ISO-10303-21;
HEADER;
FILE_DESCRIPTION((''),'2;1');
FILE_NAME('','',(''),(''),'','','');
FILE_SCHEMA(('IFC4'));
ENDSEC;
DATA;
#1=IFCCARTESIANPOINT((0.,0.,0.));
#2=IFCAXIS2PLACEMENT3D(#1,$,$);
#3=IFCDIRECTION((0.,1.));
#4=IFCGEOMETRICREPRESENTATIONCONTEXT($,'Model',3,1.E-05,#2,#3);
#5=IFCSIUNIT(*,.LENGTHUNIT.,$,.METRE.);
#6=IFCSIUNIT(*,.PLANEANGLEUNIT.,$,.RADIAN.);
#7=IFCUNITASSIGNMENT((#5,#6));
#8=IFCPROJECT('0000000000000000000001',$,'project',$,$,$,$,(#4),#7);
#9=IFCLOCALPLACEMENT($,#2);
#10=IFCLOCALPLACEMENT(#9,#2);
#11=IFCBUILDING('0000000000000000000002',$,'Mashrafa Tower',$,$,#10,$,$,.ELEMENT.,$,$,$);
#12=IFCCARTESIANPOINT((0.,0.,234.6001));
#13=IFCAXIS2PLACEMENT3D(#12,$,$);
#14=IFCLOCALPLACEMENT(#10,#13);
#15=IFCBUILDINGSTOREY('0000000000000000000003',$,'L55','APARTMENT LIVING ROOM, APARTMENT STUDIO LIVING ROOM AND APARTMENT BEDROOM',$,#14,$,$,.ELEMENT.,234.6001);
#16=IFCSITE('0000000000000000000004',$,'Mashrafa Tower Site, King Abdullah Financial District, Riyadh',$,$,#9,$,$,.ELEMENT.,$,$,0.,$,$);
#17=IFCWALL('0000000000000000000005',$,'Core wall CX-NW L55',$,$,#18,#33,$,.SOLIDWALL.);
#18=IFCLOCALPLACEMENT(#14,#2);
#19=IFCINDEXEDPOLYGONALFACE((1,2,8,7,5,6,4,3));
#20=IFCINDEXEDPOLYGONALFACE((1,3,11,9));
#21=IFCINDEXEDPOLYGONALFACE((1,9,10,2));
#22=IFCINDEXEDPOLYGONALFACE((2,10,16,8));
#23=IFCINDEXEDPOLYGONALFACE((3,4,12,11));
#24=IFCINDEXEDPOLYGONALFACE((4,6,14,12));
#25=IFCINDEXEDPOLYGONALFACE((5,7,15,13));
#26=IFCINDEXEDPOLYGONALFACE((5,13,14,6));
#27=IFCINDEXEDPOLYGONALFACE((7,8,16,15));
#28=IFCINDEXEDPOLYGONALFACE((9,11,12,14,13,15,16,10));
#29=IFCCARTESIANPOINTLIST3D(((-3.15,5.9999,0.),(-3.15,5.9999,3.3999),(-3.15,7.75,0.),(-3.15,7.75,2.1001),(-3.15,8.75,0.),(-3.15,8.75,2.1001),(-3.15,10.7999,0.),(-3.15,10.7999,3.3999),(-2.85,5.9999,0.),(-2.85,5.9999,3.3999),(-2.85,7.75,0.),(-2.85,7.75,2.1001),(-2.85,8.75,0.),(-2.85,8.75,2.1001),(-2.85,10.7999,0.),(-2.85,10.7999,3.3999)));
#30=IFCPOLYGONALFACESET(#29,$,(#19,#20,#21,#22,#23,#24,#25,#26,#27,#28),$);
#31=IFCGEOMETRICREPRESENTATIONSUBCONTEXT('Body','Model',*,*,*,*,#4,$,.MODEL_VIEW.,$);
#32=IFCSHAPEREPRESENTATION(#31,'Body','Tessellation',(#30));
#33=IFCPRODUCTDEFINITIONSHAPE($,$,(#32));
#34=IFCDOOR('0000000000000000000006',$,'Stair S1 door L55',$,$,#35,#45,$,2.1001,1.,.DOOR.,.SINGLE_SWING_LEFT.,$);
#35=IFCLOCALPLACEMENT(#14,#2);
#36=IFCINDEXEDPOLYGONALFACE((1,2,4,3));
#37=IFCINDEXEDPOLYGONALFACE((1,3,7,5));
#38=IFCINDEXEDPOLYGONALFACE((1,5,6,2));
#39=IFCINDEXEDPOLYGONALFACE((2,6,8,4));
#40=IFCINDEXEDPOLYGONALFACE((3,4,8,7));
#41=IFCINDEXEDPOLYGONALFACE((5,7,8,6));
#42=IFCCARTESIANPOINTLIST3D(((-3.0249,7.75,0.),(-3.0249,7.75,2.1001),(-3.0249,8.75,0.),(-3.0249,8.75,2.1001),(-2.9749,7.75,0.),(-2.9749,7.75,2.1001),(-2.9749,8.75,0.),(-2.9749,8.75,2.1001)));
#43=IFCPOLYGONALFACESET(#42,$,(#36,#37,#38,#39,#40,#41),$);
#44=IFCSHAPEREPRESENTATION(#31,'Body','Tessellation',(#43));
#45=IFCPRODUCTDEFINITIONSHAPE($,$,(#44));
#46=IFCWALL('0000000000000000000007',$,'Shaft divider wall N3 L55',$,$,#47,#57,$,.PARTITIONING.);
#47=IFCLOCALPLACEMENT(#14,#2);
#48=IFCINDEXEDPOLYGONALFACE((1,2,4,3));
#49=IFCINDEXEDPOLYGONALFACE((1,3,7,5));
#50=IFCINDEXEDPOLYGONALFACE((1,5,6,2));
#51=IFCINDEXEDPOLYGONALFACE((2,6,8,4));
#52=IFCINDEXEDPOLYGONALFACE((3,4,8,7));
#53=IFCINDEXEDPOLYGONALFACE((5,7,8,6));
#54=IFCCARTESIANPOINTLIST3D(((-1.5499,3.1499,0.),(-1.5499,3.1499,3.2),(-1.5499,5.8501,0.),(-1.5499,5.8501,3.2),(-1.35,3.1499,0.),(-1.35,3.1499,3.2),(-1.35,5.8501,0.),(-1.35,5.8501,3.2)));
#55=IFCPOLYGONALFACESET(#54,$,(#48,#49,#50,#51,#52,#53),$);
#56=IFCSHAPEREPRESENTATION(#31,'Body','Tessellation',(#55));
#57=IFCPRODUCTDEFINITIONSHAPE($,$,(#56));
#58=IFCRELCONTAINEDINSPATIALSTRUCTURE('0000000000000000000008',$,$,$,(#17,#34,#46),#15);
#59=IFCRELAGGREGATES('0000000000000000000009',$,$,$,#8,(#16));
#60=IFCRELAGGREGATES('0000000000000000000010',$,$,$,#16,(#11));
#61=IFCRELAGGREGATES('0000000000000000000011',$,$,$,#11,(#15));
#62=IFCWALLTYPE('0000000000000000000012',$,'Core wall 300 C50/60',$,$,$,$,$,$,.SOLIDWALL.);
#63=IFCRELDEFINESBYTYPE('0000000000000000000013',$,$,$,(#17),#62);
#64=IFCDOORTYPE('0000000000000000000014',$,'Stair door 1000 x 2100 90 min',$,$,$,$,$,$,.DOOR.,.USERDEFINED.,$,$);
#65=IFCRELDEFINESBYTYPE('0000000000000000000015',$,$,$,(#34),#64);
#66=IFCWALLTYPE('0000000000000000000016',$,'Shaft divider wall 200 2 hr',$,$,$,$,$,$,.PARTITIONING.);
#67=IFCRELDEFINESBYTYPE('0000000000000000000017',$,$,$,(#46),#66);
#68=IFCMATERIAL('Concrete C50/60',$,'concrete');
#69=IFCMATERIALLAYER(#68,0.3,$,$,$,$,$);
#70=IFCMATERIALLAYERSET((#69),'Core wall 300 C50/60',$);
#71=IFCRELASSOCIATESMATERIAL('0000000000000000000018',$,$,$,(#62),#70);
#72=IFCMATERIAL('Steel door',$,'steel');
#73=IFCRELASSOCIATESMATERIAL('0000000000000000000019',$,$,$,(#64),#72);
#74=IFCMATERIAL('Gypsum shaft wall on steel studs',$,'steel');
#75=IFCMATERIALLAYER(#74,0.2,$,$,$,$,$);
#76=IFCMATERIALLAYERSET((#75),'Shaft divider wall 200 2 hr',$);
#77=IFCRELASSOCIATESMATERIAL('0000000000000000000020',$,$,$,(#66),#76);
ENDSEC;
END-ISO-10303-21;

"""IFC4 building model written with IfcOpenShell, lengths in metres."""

from ifc_helpers import new_model, si_unit, direction, frame, frame_2d, origin, place, context, subcontext, project, spatial, rectangle, extrude, material, layer, layer_set, type_object, element, fill, save


model = new_model("IFC4")

# Units and contexts
model_context = context("Model", 3, precision=1e-05, world=origin(), true_north=direction((0.0, 1.0)))
body_context = subcontext(model_context, "Body", "Model", "MODEL_VIEW")
ifc_project = project(units=[si_unit("LENGTHUNIT", "METRE"), si_unit("PLANEANGLEUNIT", "RADIAN")], contexts=[model_context])

# Site, building, storey
site_placement = place(None, origin())
site = spatial("IfcSite", under=ifc_project, at=site_placement, Name="Mashrafa Tower Site, King Abdullah Financial District, Riyadh", CompositionType="ELEMENT", RefElevation=0.0)
building_placement = place(site_placement, origin())
building = spatial("IfcBuilding", under=site, at=building_placement, Name="Mashrafa Tower", CompositionType="ELEMENT")
storey_placement = place(building_placement, frame((0.0, 0.0, 234.6001)))
storey = spatial("IfcBuildingStorey", under=building, at=storey_placement, Name="L55", Description="APARTMENT LIVING ROOM, APARTMENT STUDIO LIVING ROOM AND APARTMENT BEDROOM", CompositionType="ELEMENT", Elevation=234.6001)

# Wall, opening, door
ifc_material_1 = material(Name="Concrete C50/60", Category="concrete")
ifc_layer_1 = layer(ifc_material_1, 0.3)
ifc_layer_set_1 = layer_set([ifc_layer_1], Name="Core wall 300 C50/60")
wall_type_1 = type_object("IfcWallType", Name="Core wall 300 C50/60", PredefinedType="SOLIDWALL", material=ifc_layer_set_1)
wall_1_placement = place(storey_placement, frame((-3.0, 6.0, 0.0), z_axis=(0.0, 0.0, 1.0), x_axis=(0.0, 1.0, 0.0)))
wall_1 = element("IfcWall", 1, at=wall_1_placement, inside=storey, type_object=wall_type_1, Name="Core wall CX-NW L55", PredefinedType="SOLIDWALL", context=body_context, shape_type="SweptSolid", body=[
    extrude(rectangle(XDim=4.8, YDim=0.3, at=frame_2d((2.3999, 0.0))), origin(), (0.0, 0.0, 1.0), 3.3999),
])
opening_placement = place(wall_1_placement, frame((1.75, 0.0, 0.0)))
opening = element("IfcOpeningElement", 2, at=opening_placement, cuts=wall_1, PredefinedType="OPENING", context=body_context, shape_type="SweptSolid", body=[
    extrude(rectangle(XDim=1.0, YDim=2.1001, at=frame_2d((0.5, 1.05))), frame((0.0, 0.1599, 0.0), z_axis=(0.0, -1.0, 0.0), x_axis=(1.0, 0.0, 0.0)), (0.0, 0.0, 1.0), 0.3201),
])
ifc_material_2 = material(Name="Steel door", Category="steel")
door_type = type_object("IfcDoorType", Name="Stair door 1000 x 2100 90 min", OperationType="USERDEFINED", PredefinedType="DOOR", material=ifc_material_2)
door_placement = place(opening_placement, origin())
door = element("IfcDoor", 3, at=door_placement, inside=storey, type_object=door_type, Name="Stair S1 door L55", OperationType="SINGLE_SWING_LEFT", OverallHeight=2.1001, OverallWidth=1.0, PredefinedType="DOOR", context=body_context, shape_type="SweptSolid", body=[
    extrude(rectangle(XDim=1.0, YDim=2.1001, at=frame_2d((0.5, 1.05))), frame((0.0, 0.0249, 0.0), z_axis=(0.0, -1.0, 0.0), x_axis=(1.0, 0.0, 0.0)), (0.0, 0.0, 1.0), 0.05),
])
fill(opening, door)

# Wall
ifc_material_3 = material(Name="Gypsum shaft wall on steel studs", Category="steel")
ifc_layer_2 = layer(ifc_material_3, 0.2)
ifc_layer_set_2 = layer_set([ifc_layer_2], Name="Shaft divider wall 200 2 hr")
wall_type_2 = type_object("IfcWallType", Name="Shaft divider wall 200 2 hr", PredefinedType="PARTITIONING", material=ifc_layer_set_2)
wall_2_placement = place(storey_placement, frame((-1.45, 3.1499, 0.0), z_axis=(0.0, 0.0, 1.0), x_axis=(0.0, 1.0, 0.0)))
element("IfcWall", 4, at=wall_2_placement, inside=storey, type_object=wall_type_2, Name="Shaft divider wall N3 L55", PredefinedType="PARTITIONING", context=body_context, shape_type="SweptSolid", body=[
    extrude(rectangle(XDim=2.7002, YDim=0.2, at=frame_2d((1.3501, 0.0))), origin(), (0.0, 0.0, 1.0), 3.2),
])

save(model, "model.ifc")
